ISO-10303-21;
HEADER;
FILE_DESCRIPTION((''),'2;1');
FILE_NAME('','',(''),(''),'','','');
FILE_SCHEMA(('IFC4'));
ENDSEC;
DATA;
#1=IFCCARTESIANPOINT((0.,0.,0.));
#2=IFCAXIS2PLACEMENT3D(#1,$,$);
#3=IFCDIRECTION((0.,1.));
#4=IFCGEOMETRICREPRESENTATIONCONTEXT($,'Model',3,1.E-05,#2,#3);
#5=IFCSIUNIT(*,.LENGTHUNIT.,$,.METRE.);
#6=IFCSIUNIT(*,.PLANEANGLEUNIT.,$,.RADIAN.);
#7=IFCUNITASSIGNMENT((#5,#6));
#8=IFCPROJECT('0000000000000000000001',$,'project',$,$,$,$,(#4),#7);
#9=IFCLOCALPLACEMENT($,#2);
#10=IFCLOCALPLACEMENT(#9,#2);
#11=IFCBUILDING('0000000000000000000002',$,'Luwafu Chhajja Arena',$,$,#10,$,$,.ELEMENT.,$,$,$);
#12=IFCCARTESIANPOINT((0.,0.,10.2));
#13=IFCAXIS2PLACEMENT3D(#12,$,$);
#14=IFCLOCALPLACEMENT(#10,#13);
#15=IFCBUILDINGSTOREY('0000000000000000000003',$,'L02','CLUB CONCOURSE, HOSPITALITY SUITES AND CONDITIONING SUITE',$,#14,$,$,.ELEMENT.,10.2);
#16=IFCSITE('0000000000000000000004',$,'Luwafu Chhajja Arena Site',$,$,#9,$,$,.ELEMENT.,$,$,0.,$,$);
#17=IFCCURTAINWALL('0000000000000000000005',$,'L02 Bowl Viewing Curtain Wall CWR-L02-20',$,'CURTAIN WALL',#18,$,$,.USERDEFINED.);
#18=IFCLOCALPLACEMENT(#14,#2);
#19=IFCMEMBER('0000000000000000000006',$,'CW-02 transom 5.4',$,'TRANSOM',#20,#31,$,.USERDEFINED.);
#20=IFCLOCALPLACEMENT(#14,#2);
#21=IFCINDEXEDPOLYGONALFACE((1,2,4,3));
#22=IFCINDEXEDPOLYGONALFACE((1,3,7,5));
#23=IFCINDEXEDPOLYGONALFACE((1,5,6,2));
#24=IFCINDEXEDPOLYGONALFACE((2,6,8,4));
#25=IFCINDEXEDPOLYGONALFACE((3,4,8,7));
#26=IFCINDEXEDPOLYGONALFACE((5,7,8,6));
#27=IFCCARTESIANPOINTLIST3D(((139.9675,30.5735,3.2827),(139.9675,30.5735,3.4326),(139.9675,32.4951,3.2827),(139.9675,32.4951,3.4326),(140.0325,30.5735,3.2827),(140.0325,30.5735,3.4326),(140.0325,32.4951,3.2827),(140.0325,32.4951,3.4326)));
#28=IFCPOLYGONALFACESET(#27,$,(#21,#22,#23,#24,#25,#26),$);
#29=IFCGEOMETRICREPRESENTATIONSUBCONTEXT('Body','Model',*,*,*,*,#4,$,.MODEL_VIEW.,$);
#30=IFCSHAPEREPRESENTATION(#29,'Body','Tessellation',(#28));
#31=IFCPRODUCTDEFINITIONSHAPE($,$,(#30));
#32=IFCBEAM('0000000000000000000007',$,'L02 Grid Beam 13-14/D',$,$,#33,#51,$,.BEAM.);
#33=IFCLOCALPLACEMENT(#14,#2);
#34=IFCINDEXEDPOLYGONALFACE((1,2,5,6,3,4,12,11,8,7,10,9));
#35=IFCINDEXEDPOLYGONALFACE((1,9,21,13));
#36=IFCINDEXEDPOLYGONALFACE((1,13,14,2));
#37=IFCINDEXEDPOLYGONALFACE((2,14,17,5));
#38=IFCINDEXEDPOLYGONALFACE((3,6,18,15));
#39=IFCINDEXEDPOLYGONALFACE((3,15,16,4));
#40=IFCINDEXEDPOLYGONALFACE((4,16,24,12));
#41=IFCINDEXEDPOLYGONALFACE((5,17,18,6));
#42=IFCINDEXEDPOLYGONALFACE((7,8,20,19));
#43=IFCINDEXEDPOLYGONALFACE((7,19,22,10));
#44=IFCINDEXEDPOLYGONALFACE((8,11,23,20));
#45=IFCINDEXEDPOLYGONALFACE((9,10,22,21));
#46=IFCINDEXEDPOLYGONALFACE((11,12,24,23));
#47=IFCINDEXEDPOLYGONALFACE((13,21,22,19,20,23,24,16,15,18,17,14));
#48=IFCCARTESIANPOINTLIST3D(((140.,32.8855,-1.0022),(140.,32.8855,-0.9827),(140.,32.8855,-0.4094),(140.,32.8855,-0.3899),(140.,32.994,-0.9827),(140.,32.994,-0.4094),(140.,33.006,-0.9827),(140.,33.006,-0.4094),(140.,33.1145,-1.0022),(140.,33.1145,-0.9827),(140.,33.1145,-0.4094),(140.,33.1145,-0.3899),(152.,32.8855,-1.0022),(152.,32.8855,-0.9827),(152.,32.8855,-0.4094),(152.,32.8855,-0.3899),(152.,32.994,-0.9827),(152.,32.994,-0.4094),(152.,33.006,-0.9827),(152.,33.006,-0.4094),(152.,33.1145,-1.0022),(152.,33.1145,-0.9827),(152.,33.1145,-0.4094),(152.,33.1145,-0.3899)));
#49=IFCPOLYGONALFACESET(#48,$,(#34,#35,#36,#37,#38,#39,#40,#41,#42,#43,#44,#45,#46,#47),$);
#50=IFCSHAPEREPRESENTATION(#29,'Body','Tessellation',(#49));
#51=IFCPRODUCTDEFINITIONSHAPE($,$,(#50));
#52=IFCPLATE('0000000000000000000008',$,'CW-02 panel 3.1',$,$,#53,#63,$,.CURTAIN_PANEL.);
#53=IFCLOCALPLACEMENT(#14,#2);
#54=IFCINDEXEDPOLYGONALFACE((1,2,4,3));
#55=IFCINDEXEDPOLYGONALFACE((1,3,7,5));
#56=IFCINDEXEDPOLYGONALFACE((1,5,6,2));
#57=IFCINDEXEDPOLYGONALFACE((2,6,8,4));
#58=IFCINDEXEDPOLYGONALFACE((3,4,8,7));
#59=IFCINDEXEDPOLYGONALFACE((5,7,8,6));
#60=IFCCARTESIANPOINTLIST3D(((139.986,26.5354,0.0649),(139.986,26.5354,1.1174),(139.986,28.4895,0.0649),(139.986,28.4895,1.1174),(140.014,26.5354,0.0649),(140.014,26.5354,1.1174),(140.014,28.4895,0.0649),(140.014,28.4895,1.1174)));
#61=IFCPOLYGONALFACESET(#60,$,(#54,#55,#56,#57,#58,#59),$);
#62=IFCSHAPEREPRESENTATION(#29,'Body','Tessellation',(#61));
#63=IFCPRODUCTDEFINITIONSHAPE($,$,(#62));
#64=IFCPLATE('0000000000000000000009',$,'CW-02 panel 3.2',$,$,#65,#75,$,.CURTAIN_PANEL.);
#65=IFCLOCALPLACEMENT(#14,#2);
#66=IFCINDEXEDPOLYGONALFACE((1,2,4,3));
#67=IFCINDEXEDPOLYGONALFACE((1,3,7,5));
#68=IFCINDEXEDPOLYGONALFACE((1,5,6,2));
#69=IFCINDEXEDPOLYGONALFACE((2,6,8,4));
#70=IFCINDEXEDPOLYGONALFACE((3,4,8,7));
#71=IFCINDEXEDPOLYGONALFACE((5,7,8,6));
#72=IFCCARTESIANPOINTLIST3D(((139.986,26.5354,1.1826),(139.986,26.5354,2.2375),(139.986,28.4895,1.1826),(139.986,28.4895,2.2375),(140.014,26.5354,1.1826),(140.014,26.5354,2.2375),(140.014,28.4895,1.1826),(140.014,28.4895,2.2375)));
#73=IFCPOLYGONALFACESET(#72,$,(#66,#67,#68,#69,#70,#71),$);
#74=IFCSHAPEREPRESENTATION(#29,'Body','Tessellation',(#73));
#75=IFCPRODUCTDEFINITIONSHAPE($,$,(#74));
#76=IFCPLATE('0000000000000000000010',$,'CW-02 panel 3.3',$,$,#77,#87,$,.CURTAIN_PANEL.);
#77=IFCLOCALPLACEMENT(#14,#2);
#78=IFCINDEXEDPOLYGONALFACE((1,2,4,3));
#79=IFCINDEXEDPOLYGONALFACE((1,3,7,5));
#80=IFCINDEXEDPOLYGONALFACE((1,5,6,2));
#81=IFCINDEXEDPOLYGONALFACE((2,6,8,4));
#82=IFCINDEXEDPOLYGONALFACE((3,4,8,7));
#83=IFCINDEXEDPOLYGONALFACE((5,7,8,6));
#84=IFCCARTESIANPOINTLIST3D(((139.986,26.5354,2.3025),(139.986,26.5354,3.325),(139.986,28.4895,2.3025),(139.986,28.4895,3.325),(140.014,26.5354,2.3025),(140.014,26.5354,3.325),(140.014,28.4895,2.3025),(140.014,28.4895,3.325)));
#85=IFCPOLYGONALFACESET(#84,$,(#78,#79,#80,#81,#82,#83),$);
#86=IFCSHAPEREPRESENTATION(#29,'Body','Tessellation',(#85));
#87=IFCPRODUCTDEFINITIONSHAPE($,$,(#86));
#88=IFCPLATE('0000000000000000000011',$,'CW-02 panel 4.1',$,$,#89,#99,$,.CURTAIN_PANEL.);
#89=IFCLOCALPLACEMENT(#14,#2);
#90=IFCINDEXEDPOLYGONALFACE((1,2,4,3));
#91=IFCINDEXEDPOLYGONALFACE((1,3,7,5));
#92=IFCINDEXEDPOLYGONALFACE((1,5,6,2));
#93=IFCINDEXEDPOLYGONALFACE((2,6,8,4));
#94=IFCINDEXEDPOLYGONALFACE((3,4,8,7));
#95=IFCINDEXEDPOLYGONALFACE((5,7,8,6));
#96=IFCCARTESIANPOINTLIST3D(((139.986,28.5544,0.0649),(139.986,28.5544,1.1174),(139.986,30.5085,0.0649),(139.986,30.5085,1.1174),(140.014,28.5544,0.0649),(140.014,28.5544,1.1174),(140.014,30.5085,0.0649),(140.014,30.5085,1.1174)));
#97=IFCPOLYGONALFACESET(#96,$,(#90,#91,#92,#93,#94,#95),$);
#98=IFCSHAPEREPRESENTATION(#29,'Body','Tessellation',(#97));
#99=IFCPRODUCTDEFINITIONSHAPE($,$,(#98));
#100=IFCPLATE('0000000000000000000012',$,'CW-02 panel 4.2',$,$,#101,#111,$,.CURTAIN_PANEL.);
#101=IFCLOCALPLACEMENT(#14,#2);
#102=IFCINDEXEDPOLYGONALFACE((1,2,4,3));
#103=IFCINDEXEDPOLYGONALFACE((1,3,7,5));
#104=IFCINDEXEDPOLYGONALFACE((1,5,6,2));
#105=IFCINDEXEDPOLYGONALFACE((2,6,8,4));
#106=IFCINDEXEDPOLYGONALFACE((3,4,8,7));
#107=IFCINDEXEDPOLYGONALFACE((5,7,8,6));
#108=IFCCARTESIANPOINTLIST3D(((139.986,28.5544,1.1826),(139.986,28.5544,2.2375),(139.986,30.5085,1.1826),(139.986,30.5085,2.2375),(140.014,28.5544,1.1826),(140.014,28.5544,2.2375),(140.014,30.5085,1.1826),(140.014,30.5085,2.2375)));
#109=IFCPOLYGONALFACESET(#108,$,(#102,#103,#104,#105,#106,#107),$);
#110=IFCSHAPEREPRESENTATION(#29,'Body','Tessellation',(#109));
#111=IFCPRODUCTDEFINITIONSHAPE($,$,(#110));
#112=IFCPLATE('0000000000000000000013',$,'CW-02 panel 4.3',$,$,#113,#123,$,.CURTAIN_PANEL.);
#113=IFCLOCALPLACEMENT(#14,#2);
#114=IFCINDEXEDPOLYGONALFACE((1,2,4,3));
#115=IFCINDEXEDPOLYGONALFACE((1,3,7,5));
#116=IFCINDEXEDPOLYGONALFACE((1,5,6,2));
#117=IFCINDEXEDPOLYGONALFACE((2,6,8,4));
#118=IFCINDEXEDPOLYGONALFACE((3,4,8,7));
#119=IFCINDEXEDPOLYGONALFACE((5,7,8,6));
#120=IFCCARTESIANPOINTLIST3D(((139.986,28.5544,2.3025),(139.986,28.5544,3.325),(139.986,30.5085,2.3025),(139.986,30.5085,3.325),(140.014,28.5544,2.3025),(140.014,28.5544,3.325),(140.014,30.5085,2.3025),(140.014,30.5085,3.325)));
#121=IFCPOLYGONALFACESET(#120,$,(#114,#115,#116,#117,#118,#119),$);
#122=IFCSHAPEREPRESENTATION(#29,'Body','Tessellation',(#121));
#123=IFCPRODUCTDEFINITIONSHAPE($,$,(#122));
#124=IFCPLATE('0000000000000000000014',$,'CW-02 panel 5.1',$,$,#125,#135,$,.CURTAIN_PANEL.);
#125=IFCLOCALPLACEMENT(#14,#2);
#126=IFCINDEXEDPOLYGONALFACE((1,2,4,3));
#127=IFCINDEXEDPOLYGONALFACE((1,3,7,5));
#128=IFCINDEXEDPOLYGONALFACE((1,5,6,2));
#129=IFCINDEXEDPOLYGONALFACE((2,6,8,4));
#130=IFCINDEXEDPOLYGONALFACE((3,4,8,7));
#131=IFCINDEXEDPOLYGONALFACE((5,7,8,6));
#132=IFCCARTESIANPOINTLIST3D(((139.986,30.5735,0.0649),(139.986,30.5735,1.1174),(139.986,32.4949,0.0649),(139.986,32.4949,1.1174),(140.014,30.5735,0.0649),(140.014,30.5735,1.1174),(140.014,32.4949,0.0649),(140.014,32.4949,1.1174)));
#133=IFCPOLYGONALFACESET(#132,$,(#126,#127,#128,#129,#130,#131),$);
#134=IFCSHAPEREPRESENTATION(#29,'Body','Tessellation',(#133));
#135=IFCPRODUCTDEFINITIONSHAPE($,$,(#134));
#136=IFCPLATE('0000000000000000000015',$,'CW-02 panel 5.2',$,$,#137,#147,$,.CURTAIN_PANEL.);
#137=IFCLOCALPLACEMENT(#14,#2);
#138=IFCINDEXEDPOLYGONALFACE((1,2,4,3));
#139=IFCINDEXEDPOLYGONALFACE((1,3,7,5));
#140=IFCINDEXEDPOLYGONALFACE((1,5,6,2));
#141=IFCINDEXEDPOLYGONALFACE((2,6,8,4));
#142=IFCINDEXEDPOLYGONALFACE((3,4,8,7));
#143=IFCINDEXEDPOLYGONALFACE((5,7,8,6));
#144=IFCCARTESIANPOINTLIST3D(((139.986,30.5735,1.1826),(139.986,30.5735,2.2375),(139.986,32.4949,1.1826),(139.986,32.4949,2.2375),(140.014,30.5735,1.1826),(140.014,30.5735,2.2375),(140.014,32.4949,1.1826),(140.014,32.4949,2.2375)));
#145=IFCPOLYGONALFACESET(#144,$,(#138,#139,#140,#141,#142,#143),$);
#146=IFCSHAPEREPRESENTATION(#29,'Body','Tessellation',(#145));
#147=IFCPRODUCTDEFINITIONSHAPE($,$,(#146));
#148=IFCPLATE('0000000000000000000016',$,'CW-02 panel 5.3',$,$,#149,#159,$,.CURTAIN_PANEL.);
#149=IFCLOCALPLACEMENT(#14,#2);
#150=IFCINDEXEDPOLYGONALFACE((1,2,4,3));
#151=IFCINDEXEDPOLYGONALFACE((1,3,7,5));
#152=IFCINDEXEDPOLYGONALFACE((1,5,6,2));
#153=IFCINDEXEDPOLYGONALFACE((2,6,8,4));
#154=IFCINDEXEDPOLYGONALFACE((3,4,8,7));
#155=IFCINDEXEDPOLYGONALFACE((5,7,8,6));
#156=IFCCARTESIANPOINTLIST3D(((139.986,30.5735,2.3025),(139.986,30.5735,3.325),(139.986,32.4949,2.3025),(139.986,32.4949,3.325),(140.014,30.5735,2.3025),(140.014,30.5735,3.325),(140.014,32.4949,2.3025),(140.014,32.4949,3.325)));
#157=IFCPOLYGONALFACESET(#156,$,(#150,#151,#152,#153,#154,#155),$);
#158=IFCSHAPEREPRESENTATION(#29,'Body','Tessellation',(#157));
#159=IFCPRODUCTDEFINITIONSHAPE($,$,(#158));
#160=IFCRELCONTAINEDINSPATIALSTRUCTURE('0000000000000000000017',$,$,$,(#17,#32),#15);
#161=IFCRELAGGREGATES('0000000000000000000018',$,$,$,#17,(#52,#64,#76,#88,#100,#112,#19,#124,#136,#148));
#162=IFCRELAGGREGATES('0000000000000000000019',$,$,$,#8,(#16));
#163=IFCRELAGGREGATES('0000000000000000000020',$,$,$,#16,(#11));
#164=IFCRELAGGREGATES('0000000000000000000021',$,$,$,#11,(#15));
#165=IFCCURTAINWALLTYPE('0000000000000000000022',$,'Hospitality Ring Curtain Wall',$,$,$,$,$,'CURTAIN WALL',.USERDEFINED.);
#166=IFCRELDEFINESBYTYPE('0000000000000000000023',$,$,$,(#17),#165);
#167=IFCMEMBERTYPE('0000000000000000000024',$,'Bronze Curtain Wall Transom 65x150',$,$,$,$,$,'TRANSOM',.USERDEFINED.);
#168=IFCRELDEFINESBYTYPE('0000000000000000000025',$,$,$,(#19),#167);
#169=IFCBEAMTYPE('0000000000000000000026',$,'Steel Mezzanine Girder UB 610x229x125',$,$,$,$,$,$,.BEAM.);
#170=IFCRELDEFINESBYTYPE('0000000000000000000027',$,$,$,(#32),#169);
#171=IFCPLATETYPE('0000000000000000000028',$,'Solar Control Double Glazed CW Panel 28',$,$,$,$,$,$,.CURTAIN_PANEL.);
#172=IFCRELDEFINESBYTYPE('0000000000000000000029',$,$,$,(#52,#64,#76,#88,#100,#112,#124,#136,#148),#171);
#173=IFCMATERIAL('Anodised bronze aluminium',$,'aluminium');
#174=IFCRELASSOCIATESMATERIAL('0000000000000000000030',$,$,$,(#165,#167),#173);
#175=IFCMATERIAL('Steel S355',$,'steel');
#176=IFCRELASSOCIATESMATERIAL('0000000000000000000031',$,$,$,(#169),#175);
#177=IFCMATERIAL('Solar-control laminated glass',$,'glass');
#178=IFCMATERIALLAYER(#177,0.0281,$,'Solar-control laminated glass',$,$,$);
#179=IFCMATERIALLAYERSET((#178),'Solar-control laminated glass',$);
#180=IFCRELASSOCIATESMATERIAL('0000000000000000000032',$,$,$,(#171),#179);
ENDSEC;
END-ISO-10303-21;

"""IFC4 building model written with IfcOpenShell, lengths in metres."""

from ifc_helpers import new_model, si_unit, direction, frame, origin, origin_2d, place, context, subcontext, project, spatial, rectangle, i_section, extrude, material, layer, layer_set, material_profile, profile_set, type_object, element, aggregate, save


model = new_model("IFC4")

# Units and contexts
model_context = context("Model", 3, precision=1e-05, world=origin(), true_north=direction((0.0, 1.0)))
body_context = subcontext(model_context, "Body", "Model", "MODEL_VIEW")
ifc_project = project(units=[si_unit("LENGTHUNIT", "METRE"), si_unit("PLANEANGLEUNIT", "RADIAN")], contexts=[model_context])

# Site, building, storey
site_placement = place(None, origin())
site = spatial("IfcSite", under=ifc_project, at=site_placement, Name="Luwafu Chhajja Arena Site", CompositionType="ELEMENT", RefElevation=0.0)
building_placement = place(site_placement, origin())
building = spatial("IfcBuilding", under=site, at=building_placement, Name="Luwafu Chhajja Arena", CompositionType="ELEMENT")
storey_placement = place(building_placement, frame((0.0, 0.0, 10.2)))
storey = spatial("IfcBuildingStorey", under=building, at=storey_placement, Name="L02", Description="CLUB CONCOURSE, HOSPITALITY SUITES AND CONDITIONING SUITE", CompositionType="ELEMENT", Elevation=10.2)

# Shared definitions
ifc_material_1 = material(Name="Steel S355", Category="steel")

# Curtain wall, member
ifc_material_2 = material(Name="Anodised bronze aluminium", Category="aluminium")
curtain_wall_type = type_object("IfcCurtainWallType", Name="Hospitality Ring Curtain Wall", ElementType="CURTAIN WALL", PredefinedType="USERDEFINED", material=ifc_material_2)
curtain_wall_placement = place(storey_placement, origin())
curtain_wall = element("IfcCurtainWall", 1, at=curtain_wall_placement, inside=storey, type_object=curtain_wall_type, Name="L02 Bowl Viewing Curtain Wall CWR-L02-20", ObjectType="CURTAIN WALL", PredefinedType="USERDEFINED")
ifc_material_profile_1 = material_profile(ifc_material_2, rectangle(XDim=0.0649, YDim=0.1499, at=origin_2d()), Name="CWT 65x150")
ifc_profile_set_1 = profile_set([ifc_material_profile_1], Name="Anodised bronze aluminium")
member_type_1 = type_object("IfcMemberType", Name="Bronze Curtain Wall Transom 65x150", ElementType="TRANSOM", PredefinedType="USERDEFINED", material=ifc_profile_set_1)
member_1_placement = place(storey_placement, frame((140.0, 30.5735, 3.3577), z_axis=(0.0, 1.0, 0.0), x_axis=(-1.0, 0.0, 0.0)))
member_1 = element("IfcMember", 2, at=member_1_placement, type_object=member_type_1, Name="CW-02 transom 5.4", ObjectType="TRANSOM", PredefinedType="USERDEFINED", context=body_context, shape_type="SweptSolid", body=[
    extrude(rectangle(XDim=0.0649, YDim=0.1499, at=origin_2d()), origin(), (0.0, 0.0, 1.0), 1.9216),
])

# Beam
ifc_material_profile_2 = material_profile(ifc_material_1, i_section(OverallWidth=0.229, OverallDepth=0.6123, WebThickness=0.012, FlangeThickness=0.0195, at=origin_2d()), Name="UB 610x229x125")
ifc_profile_set_2 = profile_set([ifc_material_profile_2], Name="Steel S355")
beam_type = type_object("IfcBeamType", Name="Steel Mezzanine Girder UB 610x229x125", PredefinedType="BEAM", material=ifc_profile_set_2)
beam_placement = place(storey_placement, frame((140.0, 33.0, -0.696), z_axis=(1.0, 0.0, 0.0), x_axis=(0.0, 1.0, 0.0)))
element("IfcBeam", 3, at=beam_placement, inside=storey, type_object=beam_type, Name="L02 Grid Beam 13-14/D", PredefinedType="BEAM", context=body_context, shape_type="SweptSolid", body=[
    extrude(i_section(OverallWidth=0.229, OverallDepth=0.6123, WebThickness=0.012, FlangeThickness=0.0195, at=origin_2d()), origin(), (0.0, 0.0, 1.0), 12.0),
])

# Plates
ifc_material_3 = material(Name="Solar-control laminated glass", Category="glass")
ifc_layer = layer(ifc_material_3, 0.0281, Name="Solar-control laminated glass")
ifc_layer_set = layer_set([ifc_layer], Name="Solar-control laminated glass")
plate_type = type_object("IfcPlateType", Name="Solar Control Double Glazed CW Panel 28", PredefinedType="CURTAIN_PANEL", material=ifc_layer_set)
plate_1_placement = place(storey_placement, frame((140.0, 27.5125, 0.0649), z_axis=(0.0, 0.0, 1.0), x_axis=(0.0, 1.0, 0.0)))
plate_1 = element("IfcPlate", 4, at=plate_1_placement, type_object=plate_type, Name="CW-02 panel 3.1", PredefinedType="CURTAIN_PANEL", context=body_context, shape_type="SweptSolid", body=[
    extrude(rectangle(XDim=1.9541, YDim=0.0281, at=origin_2d()), origin(), (0.0, 0.0, 1.0), 1.0525),
])
plate_2_placement = place(storey_placement, frame((140.0, 27.5125, 1.1826), z_axis=(0.0, 0.0, 1.0), x_axis=(0.0, 1.0, 0.0)))
plate_2 = element("IfcPlate", 5, at=plate_2_placement, type_object=plate_type, Name="CW-02 panel 3.2", PredefinedType="CURTAIN_PANEL", context=body_context, shape_type="SweptSolid", body=[
    extrude(rectangle(XDim=1.9541, YDim=0.0281, at=origin_2d()), origin(), (0.0, 0.0, 1.0), 1.0549),
])
plate_3_placement = place(storey_placement, frame((140.0, 27.5125, 2.3025), z_axis=(0.0, 0.0, 1.0), x_axis=(0.0, 1.0, 0.0)))
plate_3 = element("IfcPlate", 6, at=plate_3_placement, type_object=plate_type, Name="CW-02 panel 3.3", PredefinedType="CURTAIN_PANEL", context=body_context, shape_type="SweptSolid", body=[
    extrude(rectangle(XDim=1.9541, YDim=0.0281, at=origin_2d()), origin(), (0.0, 0.0, 1.0), 1.0225),
])
plate_4_placement = place(storey_placement, frame((140.0, 29.5315, 0.0649), z_axis=(0.0, 0.0, 1.0), x_axis=(0.0, 1.0, 0.0)))
plate_4 = element("IfcPlate", 7, at=plate_4_placement, type_object=plate_type, Name="CW-02 panel 4.1", PredefinedType="CURTAIN_PANEL", context=body_context, shape_type="SweptSolid", body=[
    extrude(rectangle(XDim=1.9541, YDim=0.0281, at=origin_2d()), origin(), (0.0, 0.0, 1.0), 1.0525),
])
plate_5_placement = place(storey_placement, frame((140.0, 29.5315, 1.1826), z_axis=(0.0, 0.0, 1.0), x_axis=(0.0, 1.0, 0.0)))
plate_5 = element("IfcPlate", 8, at=plate_5_placement, type_object=plate_type, Name="CW-02 panel 4.2", PredefinedType="CURTAIN_PANEL", context=body_context, shape_type="SweptSolid", body=[
    extrude(rectangle(XDim=1.9541, YDim=0.0281, at=origin_2d()), origin(), (0.0, 0.0, 1.0), 1.0549),
])
plate_6_placement = place(storey_placement, frame((140.0, 29.5315, 2.3025), z_axis=(0.0, 0.0, 1.0), x_axis=(0.0, 1.0, 0.0)))
plate_6 = element("IfcPlate", 9, at=plate_6_placement, type_object=plate_type, Name="CW-02 panel 4.3", PredefinedType="CURTAIN_PANEL", context=body_context, shape_type="SweptSolid", body=[
    extrude(rectangle(XDim=1.9541, YDim=0.0281, at=origin_2d()), origin(), (0.0, 0.0, 1.0), 1.0225),
])
plate_7_placement = place(storey_placement, frame((140.0, 31.5342, 0.0649), z_axis=(0.0, 0.0, 1.0), x_axis=(0.0, 1.0, 0.0)))
plate_7 = element("IfcPlate", 10, at=plate_7_placement, type_object=plate_type, Name="CW-02 panel 5.1", PredefinedType="CURTAIN_PANEL", context=body_context, shape_type="SweptSolid", body=[
    extrude(rectangle(XDim=1.9214, YDim=0.0281, at=origin_2d()), origin(), (0.0, 0.0, 1.0), 1.0525),
])
plate_8_placement = place(storey_placement, frame((140.0, 31.5342, 1.1826), z_axis=(0.0, 0.0, 1.0), x_axis=(0.0, 1.0, 0.0)))
plate_8 = element("IfcPlate", 11, at=plate_8_placement, type_object=plate_type, Name="CW-02 panel 5.2", PredefinedType="CURTAIN_PANEL", context=body_context, shape_type="SweptSolid", body=[
    extrude(rectangle(XDim=1.9214, YDim=0.0281, at=origin_2d()), origin(), (0.0, 0.0, 1.0), 1.0549),
])
plate_9_placement = place(storey_placement, frame((140.0, 31.5342, 2.3025), z_axis=(0.0, 0.0, 1.0), x_axis=(0.0, 1.0, 0.0)))
plate_9 = element("IfcPlate", 12, at=plate_9_placement, type_object=plate_type, Name="CW-02 panel 5.3", PredefinedType="CURTAIN_PANEL", context=body_context, shape_type="SweptSolid", body=[
    extrude(rectangle(XDim=1.9214, YDim=0.0281, at=origin_2d()), origin(), (0.0, 0.0, 1.0), 1.0225),
])
aggregate(curtain_wall, [plate_1, plate_2, plate_3, plate_4, plate_5, plate_6, member_1, plate_7, plate_8, plate_9])

save(model, "model.ifc")
